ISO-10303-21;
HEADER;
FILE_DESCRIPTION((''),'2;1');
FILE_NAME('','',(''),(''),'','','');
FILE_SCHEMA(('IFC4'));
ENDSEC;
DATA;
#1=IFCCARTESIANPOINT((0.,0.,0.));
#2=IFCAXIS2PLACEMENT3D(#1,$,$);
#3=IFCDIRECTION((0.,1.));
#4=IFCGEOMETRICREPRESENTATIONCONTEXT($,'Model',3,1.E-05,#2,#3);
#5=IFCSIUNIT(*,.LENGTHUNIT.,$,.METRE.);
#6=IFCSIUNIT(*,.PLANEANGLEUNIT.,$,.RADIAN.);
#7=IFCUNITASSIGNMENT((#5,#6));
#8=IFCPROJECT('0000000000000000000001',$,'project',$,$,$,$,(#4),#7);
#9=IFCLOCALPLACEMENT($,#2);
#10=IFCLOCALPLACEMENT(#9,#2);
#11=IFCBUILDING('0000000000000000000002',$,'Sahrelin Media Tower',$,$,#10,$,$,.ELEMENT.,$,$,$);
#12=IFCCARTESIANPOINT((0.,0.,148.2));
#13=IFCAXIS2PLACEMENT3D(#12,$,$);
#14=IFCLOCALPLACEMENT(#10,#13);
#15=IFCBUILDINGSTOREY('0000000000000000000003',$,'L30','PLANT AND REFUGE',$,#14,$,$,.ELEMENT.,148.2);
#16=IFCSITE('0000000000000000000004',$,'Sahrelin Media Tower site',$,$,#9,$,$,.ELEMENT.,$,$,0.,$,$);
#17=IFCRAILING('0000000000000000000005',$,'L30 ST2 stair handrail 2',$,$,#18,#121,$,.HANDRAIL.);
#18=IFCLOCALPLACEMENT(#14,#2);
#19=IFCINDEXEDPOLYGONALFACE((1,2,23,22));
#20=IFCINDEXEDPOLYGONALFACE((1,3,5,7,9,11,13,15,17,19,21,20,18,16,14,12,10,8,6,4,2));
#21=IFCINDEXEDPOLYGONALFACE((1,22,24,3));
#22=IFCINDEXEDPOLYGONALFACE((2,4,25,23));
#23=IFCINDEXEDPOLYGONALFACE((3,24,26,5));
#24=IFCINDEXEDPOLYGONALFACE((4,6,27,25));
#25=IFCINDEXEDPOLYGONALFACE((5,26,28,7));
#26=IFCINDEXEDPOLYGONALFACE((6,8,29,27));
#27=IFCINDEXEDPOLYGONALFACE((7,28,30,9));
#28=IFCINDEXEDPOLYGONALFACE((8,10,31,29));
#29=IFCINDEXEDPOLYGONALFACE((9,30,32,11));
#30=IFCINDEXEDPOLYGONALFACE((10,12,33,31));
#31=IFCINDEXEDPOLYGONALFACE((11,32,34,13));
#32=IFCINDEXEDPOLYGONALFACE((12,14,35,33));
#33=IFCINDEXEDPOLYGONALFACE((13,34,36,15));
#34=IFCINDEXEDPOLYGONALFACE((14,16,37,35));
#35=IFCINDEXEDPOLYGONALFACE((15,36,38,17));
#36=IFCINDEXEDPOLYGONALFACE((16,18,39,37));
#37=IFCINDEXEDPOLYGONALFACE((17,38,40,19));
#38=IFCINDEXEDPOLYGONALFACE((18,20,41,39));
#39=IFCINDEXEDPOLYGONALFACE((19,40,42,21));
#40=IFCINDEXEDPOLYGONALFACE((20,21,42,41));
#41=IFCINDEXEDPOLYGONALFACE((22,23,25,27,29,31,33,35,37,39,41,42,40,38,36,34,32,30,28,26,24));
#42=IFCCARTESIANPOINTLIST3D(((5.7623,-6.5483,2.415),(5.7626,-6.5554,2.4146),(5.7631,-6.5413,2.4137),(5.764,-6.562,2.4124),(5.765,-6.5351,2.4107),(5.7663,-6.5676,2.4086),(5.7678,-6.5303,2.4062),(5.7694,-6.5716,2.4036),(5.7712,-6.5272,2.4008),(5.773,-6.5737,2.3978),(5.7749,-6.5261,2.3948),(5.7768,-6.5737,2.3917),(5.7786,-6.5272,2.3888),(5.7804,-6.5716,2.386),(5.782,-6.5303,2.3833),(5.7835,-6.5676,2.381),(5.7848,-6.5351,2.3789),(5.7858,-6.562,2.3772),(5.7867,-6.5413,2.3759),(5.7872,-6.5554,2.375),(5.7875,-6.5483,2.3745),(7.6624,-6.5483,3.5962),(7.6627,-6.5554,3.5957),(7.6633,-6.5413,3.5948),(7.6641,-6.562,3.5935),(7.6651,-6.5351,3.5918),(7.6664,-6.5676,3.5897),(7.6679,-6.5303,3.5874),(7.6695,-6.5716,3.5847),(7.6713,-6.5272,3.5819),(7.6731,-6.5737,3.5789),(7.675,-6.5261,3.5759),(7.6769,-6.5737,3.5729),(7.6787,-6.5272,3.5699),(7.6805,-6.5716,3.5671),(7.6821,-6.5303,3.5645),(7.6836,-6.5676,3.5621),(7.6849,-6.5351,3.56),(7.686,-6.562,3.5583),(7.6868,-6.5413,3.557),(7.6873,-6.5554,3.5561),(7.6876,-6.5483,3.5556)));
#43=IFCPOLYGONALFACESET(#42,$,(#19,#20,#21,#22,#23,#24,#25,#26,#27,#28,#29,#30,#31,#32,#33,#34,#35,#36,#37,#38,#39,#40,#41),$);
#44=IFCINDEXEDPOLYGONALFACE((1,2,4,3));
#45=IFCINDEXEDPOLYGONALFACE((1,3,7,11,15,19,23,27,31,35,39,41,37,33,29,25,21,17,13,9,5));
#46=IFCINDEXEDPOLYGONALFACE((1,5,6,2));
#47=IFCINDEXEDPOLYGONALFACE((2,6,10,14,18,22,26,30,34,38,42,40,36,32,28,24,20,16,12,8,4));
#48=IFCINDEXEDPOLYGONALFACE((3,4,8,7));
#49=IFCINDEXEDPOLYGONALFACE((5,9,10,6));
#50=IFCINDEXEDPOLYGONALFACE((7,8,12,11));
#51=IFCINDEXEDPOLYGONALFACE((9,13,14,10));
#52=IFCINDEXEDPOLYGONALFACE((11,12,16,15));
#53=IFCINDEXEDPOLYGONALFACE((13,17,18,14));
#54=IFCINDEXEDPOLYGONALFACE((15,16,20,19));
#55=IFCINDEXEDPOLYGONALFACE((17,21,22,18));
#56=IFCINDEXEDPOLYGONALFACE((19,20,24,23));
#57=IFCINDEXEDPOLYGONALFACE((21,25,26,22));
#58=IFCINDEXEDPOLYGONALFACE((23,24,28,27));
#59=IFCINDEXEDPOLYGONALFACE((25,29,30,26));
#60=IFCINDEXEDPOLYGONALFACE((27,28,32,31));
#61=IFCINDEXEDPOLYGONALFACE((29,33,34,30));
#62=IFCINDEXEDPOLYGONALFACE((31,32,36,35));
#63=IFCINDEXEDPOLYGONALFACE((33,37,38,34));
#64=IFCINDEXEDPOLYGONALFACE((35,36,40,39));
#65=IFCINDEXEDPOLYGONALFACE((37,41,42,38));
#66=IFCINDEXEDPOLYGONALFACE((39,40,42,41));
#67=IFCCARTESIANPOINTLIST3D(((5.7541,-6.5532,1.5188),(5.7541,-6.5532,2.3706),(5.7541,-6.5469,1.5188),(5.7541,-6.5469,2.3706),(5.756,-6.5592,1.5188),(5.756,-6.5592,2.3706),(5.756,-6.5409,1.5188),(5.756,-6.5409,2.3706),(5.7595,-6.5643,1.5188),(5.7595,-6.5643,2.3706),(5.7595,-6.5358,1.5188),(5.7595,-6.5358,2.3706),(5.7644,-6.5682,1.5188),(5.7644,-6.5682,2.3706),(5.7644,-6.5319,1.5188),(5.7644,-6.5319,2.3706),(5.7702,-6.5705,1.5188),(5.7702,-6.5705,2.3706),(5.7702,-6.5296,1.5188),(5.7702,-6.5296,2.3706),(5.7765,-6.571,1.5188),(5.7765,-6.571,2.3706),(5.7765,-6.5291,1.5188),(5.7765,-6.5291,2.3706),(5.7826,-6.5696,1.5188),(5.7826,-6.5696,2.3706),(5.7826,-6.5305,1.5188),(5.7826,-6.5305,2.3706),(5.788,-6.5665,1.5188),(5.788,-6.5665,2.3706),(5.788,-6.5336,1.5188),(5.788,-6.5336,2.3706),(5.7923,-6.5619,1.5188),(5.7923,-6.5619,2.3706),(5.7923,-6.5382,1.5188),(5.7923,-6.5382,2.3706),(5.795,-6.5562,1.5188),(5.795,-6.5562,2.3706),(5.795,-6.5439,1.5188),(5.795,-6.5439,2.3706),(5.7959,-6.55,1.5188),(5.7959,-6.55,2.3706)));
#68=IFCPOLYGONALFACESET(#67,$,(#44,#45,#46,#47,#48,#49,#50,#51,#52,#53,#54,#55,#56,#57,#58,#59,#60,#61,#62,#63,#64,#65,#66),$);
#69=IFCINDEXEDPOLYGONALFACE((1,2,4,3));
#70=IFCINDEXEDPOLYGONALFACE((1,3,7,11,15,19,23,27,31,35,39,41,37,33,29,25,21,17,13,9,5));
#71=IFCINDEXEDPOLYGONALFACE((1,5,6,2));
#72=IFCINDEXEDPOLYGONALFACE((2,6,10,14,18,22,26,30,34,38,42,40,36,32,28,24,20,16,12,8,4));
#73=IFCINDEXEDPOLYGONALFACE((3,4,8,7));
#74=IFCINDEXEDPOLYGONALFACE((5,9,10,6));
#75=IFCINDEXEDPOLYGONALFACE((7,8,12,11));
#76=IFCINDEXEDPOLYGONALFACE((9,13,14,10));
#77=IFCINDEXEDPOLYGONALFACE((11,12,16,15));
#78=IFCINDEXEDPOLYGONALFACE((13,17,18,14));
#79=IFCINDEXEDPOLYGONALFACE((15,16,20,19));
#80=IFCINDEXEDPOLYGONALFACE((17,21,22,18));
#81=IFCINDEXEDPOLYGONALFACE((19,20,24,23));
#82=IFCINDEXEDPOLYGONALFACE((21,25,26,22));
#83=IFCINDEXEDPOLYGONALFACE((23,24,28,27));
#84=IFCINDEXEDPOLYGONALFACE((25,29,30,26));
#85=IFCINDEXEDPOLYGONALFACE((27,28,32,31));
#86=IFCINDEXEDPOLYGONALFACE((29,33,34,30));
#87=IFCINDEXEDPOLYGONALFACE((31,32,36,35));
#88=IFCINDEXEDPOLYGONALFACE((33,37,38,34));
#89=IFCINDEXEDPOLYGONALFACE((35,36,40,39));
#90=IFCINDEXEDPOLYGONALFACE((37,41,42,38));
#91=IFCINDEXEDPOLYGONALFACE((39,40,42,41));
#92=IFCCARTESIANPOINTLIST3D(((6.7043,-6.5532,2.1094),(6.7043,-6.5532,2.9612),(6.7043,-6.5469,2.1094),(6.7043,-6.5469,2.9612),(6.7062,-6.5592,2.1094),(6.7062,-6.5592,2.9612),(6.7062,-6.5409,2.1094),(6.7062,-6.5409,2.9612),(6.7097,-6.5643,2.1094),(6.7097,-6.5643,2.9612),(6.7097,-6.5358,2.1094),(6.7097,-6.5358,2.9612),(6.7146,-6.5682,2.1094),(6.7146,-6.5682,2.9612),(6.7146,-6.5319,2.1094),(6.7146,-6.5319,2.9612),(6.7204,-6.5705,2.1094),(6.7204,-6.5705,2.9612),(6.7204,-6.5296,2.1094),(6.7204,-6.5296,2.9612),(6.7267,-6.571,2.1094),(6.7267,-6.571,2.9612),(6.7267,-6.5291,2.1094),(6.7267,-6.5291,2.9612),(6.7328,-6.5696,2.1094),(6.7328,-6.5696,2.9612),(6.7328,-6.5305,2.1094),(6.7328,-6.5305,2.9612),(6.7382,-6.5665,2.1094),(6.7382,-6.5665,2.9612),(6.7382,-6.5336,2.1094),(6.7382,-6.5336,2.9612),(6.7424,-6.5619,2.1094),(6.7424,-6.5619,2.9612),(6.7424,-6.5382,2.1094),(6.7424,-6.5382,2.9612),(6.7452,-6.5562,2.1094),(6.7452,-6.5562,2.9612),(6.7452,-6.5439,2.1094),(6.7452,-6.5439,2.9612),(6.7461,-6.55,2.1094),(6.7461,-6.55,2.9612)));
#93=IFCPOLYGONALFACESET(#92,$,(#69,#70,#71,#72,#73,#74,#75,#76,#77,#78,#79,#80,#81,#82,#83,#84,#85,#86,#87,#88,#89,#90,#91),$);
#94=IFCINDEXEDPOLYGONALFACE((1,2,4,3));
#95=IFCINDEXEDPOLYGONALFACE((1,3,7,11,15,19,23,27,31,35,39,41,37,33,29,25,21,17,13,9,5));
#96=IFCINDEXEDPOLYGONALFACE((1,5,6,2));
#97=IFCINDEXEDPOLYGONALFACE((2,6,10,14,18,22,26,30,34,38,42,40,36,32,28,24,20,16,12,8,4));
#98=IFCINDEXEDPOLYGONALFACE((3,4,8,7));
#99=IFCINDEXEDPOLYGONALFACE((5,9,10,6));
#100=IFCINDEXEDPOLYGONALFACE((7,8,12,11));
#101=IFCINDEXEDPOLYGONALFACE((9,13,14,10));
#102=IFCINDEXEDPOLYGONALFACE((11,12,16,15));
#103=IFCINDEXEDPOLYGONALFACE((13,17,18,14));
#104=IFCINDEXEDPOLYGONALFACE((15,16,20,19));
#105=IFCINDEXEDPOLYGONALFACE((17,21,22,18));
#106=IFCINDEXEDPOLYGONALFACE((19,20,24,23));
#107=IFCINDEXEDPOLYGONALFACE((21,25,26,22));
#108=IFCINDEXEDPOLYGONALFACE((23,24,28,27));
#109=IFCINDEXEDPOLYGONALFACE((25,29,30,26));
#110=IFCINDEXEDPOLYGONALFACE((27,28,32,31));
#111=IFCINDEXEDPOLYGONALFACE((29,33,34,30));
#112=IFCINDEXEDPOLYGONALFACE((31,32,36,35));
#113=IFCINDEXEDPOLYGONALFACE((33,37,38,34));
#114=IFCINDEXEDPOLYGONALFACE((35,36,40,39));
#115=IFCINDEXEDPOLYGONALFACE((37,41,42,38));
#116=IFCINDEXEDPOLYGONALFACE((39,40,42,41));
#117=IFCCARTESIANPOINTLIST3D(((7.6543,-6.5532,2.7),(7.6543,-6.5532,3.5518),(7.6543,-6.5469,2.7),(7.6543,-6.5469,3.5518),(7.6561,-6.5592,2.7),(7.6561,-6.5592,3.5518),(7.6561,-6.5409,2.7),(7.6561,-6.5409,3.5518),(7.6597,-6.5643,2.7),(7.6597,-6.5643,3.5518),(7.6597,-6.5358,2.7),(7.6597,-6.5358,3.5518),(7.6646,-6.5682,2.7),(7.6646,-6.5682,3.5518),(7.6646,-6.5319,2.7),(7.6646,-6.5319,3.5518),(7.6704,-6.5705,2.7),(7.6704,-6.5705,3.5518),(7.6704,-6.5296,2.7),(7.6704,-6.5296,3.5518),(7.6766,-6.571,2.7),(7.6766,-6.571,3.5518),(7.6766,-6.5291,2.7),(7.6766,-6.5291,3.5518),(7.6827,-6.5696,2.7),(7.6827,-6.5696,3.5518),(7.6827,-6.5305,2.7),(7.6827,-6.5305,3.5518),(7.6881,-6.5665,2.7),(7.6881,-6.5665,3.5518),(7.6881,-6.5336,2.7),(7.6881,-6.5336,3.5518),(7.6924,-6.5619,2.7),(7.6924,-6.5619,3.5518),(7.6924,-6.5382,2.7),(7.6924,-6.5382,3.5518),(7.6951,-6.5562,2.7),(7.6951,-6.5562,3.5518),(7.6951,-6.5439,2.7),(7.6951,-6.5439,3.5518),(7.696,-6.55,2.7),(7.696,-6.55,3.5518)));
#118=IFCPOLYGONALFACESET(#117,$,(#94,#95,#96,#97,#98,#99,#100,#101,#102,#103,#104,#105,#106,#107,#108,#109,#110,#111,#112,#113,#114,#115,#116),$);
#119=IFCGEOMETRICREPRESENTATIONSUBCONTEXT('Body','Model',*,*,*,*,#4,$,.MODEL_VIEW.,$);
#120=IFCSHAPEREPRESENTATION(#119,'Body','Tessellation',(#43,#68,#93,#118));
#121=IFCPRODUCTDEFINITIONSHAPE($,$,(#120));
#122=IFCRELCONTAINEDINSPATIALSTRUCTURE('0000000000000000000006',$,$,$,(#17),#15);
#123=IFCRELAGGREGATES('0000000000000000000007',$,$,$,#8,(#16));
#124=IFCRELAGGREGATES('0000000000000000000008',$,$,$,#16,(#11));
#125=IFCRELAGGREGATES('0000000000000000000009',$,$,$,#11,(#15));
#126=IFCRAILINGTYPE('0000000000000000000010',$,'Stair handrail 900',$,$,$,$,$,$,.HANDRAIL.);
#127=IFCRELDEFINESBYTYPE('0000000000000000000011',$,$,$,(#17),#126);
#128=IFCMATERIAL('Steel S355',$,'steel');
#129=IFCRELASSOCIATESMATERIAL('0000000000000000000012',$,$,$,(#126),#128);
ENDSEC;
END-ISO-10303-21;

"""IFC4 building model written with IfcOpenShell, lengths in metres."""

from ifc_helpers import new_model, si_unit, direction, frame, origin, origin_2d, place, context, subcontext, project, spatial, circle, extrude, material, type_object, element, save


model = new_model("IFC4")

# Units and contexts
model_context = context("Model", 3, precision=1e-05, world=origin(), true_north=direction((0.0, 1.0)))
body_context = subcontext(model_context, "Body", "Model", "MODEL_VIEW")
ifc_project = project(units=[si_unit("LENGTHUNIT", "METRE"), si_unit("PLANEANGLEUNIT", "RADIAN")], contexts=[model_context])

# Site, building, storey
site_placement = place(None, origin())
site = spatial("IfcSite", under=ifc_project, at=site_placement, Name="Sahrelin Media Tower site", CompositionType="ELEMENT", RefElevation=0.0)
building_placement = place(site_placement, origin())
building = spatial("IfcBuilding", under=site, at=building_placement, Name="Sahrelin Media Tower", CompositionType="ELEMENT")
storey_placement = place(building_placement, frame((0.0, 0.0, 148.2)))
storey = spatial("IfcBuildingStorey", under=building, at=storey_placement, Name="L30", Description="PLANT AND REFUGE", CompositionType="ELEMENT", Elevation=148.2)

# Shared definitions
ifc_material_1 = material(Name="Steel S355", Category="steel")

# Railing
railing_type_1 = type_object("IfcRailingType", Name="Stair handrail 900", PredefinedType="HANDRAIL", material=ifc_material_1)
railing_1_placement = place(storey_placement, frame((5.7749, -6.55, 1.5188)))
element("IfcRailing", 1, at=railing_1_placement, inside=storey, type_object=railing_type_1, Name="L30 ST2 stair handrail 2", PredefinedType="HANDRAIL", context=body_context, shape_type="SweptSolid", body=[
    extrude(circle(Radius=0.0239, at=origin_2d()), frame((0.0, 0.0, 0.876), z_axis=(0.849289, 0.0, 0.527928), x_axis=(0.0, 1.0, 0.0)), (0.0, 0.0, 1.0), 2.2373),
    extrude(circle(Radius=0.021, at=origin_2d()), origin(), (0.0, 0.0, 1.0), 0.8518),
    extrude(circle(Radius=0.021, at=origin_2d()), frame((0.9502, 0.0, 0.5906)), (0.0, 0.0, 1.0), 0.8518),
    extrude(circle(Radius=0.021, at=origin_2d()), frame((1.9001, 0.0, 1.1812)), (0.0, 0.0, 1.0), 0.8518),
])

save(model, "model.ifc")
